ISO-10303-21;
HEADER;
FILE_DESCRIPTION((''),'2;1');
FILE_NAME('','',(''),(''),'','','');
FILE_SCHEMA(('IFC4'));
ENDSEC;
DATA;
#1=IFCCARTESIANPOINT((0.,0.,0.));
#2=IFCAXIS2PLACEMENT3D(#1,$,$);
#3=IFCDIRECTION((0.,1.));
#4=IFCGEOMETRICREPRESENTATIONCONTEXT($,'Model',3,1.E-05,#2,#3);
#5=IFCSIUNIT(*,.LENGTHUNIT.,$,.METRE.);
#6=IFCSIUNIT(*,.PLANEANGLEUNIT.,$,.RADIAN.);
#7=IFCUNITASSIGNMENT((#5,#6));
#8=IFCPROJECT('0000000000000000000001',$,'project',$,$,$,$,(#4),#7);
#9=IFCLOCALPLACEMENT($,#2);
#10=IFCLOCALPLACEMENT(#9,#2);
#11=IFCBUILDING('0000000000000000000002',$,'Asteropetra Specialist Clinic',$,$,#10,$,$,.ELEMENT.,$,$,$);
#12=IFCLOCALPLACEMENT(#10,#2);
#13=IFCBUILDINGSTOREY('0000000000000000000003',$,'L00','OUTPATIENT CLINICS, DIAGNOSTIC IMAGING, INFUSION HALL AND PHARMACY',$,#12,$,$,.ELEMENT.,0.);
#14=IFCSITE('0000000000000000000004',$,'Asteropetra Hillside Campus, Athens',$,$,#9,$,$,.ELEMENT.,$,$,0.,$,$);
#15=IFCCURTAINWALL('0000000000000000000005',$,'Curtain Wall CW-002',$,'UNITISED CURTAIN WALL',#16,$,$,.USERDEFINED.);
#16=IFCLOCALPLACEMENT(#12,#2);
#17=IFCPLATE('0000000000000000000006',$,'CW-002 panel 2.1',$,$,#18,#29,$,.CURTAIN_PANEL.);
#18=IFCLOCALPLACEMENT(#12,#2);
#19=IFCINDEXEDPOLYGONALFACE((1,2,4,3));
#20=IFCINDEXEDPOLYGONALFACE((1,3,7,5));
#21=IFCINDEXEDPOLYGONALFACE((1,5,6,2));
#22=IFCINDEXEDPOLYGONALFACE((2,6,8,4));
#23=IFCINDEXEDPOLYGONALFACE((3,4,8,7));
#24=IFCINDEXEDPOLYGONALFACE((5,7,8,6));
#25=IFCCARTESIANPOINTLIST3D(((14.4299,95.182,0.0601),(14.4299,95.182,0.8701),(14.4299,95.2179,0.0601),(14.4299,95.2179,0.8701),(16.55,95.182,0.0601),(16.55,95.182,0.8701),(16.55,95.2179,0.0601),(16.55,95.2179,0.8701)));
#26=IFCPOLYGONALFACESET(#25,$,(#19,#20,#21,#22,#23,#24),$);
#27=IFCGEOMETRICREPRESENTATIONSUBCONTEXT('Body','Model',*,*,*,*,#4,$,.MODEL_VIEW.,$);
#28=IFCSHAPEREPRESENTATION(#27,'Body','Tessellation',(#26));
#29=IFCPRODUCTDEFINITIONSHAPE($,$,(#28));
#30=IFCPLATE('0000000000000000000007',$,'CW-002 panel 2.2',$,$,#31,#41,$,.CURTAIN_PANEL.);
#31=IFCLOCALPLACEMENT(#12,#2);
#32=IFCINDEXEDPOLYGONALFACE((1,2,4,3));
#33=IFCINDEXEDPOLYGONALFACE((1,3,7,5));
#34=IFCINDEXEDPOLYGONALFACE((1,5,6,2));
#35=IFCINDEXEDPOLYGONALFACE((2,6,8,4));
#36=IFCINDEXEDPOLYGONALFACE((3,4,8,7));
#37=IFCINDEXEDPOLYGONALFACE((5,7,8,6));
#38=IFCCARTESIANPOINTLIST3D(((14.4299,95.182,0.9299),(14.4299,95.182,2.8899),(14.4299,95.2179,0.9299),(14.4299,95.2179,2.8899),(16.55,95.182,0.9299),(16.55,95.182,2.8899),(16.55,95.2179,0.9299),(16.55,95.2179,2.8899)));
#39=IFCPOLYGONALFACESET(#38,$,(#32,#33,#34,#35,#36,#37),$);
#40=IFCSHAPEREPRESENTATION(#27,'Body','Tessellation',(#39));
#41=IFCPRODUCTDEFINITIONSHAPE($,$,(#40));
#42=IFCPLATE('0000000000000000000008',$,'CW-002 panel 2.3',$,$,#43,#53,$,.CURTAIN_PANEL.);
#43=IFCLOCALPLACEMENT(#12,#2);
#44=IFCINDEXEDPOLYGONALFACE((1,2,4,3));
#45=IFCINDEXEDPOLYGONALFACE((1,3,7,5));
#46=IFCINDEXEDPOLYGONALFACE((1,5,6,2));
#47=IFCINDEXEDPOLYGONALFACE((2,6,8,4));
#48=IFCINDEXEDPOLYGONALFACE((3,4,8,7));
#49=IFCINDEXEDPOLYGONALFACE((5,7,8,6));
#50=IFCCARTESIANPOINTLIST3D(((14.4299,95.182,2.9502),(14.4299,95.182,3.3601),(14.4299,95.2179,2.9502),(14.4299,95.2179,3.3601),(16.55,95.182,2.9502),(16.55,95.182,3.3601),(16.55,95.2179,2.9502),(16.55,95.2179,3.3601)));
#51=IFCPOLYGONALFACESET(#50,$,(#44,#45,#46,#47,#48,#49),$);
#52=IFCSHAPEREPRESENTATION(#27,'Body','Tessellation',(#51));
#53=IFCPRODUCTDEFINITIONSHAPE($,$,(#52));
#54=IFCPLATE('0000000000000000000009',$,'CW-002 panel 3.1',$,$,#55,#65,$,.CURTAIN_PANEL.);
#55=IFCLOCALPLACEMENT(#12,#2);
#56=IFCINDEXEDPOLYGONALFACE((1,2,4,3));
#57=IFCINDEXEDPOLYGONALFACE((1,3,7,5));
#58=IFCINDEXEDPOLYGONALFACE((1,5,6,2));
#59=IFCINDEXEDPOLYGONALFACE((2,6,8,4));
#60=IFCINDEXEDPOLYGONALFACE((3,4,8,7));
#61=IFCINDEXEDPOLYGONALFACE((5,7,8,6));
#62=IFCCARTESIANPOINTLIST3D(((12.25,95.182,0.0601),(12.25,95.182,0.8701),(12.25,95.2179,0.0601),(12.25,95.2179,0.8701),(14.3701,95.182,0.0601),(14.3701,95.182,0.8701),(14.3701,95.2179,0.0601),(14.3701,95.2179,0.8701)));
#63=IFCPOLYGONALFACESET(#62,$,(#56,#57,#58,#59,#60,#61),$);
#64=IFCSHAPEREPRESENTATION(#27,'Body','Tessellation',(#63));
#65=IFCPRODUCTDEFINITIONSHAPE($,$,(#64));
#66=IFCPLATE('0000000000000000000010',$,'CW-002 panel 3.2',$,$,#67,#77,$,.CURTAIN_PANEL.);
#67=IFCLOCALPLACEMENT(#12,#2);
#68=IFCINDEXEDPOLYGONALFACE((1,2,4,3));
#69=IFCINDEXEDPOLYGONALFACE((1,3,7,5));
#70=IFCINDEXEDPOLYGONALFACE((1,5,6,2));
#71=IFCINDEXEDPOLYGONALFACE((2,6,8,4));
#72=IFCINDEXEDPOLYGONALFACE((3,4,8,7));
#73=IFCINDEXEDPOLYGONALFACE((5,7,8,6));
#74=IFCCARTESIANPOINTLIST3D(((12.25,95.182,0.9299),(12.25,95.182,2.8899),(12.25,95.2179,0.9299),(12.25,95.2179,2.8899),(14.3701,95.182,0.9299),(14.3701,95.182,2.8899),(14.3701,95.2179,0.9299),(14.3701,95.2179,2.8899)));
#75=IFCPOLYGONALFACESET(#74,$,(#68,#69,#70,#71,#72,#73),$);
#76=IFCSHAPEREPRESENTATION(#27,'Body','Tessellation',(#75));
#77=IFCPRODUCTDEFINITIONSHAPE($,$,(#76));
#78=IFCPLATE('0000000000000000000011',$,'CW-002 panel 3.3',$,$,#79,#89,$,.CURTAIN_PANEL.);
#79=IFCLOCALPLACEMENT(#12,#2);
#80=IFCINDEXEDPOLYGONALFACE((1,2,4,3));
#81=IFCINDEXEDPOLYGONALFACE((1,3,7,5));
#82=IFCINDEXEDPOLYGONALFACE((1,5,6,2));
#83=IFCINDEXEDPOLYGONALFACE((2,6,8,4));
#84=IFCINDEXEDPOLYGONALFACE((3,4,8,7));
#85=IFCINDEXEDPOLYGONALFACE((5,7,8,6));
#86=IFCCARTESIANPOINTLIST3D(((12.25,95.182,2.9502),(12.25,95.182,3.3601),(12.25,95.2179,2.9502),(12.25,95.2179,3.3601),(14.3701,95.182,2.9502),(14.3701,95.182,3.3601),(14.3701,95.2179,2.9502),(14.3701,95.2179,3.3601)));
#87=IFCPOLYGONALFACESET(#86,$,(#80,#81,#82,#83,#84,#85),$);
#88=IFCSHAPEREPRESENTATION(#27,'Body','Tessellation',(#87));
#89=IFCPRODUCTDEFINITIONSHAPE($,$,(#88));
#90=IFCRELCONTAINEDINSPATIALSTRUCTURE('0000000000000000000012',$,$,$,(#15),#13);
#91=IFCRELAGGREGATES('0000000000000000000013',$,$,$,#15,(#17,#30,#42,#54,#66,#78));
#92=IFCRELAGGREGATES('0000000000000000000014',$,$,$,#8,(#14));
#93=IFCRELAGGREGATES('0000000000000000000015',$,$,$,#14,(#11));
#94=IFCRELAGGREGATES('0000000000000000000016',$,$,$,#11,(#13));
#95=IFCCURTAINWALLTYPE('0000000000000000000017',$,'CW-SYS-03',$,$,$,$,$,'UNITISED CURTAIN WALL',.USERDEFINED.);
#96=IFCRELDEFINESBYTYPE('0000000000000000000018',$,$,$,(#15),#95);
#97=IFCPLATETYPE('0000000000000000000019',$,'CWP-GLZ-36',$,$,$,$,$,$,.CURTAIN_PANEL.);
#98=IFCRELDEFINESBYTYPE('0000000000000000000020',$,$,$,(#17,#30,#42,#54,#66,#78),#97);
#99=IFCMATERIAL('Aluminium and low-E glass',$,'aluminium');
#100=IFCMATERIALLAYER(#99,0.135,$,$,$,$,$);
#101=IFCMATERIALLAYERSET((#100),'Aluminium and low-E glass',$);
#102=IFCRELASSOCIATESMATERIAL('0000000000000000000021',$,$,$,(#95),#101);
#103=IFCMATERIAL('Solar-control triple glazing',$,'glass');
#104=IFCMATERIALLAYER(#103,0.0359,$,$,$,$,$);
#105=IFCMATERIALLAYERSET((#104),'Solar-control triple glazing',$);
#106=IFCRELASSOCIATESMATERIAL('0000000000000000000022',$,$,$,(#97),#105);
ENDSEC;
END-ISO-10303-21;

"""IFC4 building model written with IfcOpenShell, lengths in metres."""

from ifc_helpers import new_model, si_unit, direction, frame, origin, origin_2d, place, context, subcontext, project, spatial, rectangle, extrude, material, layer, layer_set, type_object, element, aggregate, save


model = new_model("IFC4")

# Units and contexts
model_context = context("Model", 3, precision=1e-05, world=origin(), true_north=direction((0.0, 1.0)))
body_context = subcontext(model_context, "Body", "Model", "MODEL_VIEW")
ifc_project = project(units=[si_unit("LENGTHUNIT", "METRE"), si_unit("PLANEANGLEUNIT", "RADIAN")], contexts=[model_context])

# Site, building, storey
site_placement = place(None, origin())
site = spatial("IfcSite", under=ifc_project, at=site_placement, Name="Asteropetra Hillside Campus, Athens", CompositionType="ELEMENT", RefElevation=0.0)
building_placement = place(site_placement, origin())
building = spatial("IfcBuilding", under=site, at=building_placement, Name="Asteropetra Specialist Clinic", CompositionType="ELEMENT")
storey_placement = place(building_placement, origin())
storey = spatial("IfcBuildingStorey", under=building, at=storey_placement, Name="L00", Description="OUTPATIENT CLINICS, DIAGNOSTIC IMAGING, INFUSION HALL AND PHARMACY", CompositionType="ELEMENT", Elevation=0.0)

# Curtain wall
ifc_material_1 = material(Name="Aluminium and low-E glass", Category="aluminium")
ifc_layer_1 = layer(ifc_material_1, 0.135)
ifc_layer_set_1 = layer_set([ifc_layer_1], Name="Aluminium and low-E glass")
curtain_wall_type_1 = type_object("IfcCurtainWallType", Name="CW-SYS-03", ElementType="UNITISED CURTAIN WALL", PredefinedType="USERDEFINED", material=ifc_layer_set_1)
curtain_wall_1_placement = place(storey_placement, origin())
curtain_wall_1 = element("IfcCurtainWall", 1, at=curtain_wall_1_placement, inside=storey, type_object=curtain_wall_type_1, Name="Curtain Wall CW-002", ObjectType="UNITISED CURTAIN WALL", PredefinedType="USERDEFINED")

# Plates
ifc_material_2 = material(Name="Solar-control triple glazing", Category="glass")
ifc_layer_2 = layer(ifc_material_2, 0.0359)
ifc_layer_set_2 = layer_set([ifc_layer_2], Name="Solar-control triple glazing")
plate_type_1 = type_object("IfcPlateType", Name="CWP-GLZ-36", PredefinedType="CURTAIN_PANEL", material=ifc_layer_set_2)
plate_1_placement = place(storey_placement, frame((15.49, 95.2, 0.0601), z_axis=(0.0, 0.0, 1.0), x_axis=(-1.0, 0.0, 0.0)))
plate_1 = element("IfcPlate", 2, at=plate_1_placement, type_object=plate_type_1, Name="CW-002 panel 2.1", PredefinedType="CURTAIN_PANEL", context=body_context, shape_type="SweptSolid", body=[
    extrude(rectangle(XDim=2.1201, YDim=0.0359, at=origin_2d()), origin(), (0.0, 0.0, 1.0), 0.8101),
])
plate_2_placement = place(storey_placement, frame((15.49, 95.2, 0.9299), z_axis=(0.0, 0.0, 1.0), x_axis=(-1.0, 0.0, 0.0)))
plate_2 = element("IfcPlate", 3, at=plate_2_placement, type_object=plate_type_1, Name="CW-002 panel 2.2", PredefinedType="CURTAIN_PANEL", context=body_context, shape_type="SweptSolid", body=[
    extrude(rectangle(XDim=2.1201, YDim=0.0359, at=origin_2d()), origin(), (0.0, 0.0, 1.0), 1.96),
])
plate_3_placement = place(storey_placement, frame((15.49, 95.2, 2.9502), z_axis=(0.0, 0.0, 1.0), x_axis=(-1.0, 0.0, 0.0)))
plate_3 = element("IfcPlate", 4, at=plate_3_placement, type_object=plate_type_1, Name="CW-002 panel 2.3", PredefinedType="CURTAIN_PANEL", context=body_context, shape_type="SweptSolid", body=[
    extrude(rectangle(XDim=2.1201, YDim=0.0359, at=origin_2d()), origin(), (0.0, 0.0, 1.0), 0.4099),
])
plate_4_placement = place(storey_placement, frame((13.3101, 95.2, 0.0601), z_axis=(0.0, 0.0, 1.0), x_axis=(-1.0, 0.0, 0.0)))
plate_4 = element("IfcPlate", 5, at=plate_4_placement, type_object=plate_type_1, Name="CW-002 panel 3.1", PredefinedType="CURTAIN_PANEL", context=body_context, shape_type="SweptSolid", body=[
    extrude(rectangle(XDim=2.1201, YDim=0.0359, at=origin_2d()), origin(), (0.0, 0.0, 1.0), 0.8101),
])
plate_5_placement = place(storey_placement, frame((13.3101, 95.2, 0.9299), z_axis=(0.0, 0.0, 1.0), x_axis=(-1.0, 0.0, 0.0)))
plate_5 = element("IfcPlate", 6, at=plate_5_placement, type_object=plate_type_1, Name="CW-002 panel 3.2", PredefinedType="CURTAIN_PANEL", context=body_context, shape_type="SweptSolid", body=[
    extrude(rectangle(XDim=2.1201, YDim=0.0359, at=origin_2d()), origin(), (0.0, 0.0, 1.0), 1.96),
])
plate_6_placement = place(storey_placement, frame((13.3101, 95.2, 2.9502), z_axis=(0.0, 0.0, 1.0), x_axis=(-1.0, 0.0, 0.0)))
plate_6 = element("IfcPlate", 7, at=plate_6_placement, type_object=plate_type_1, Name="CW-002 panel 3.3", PredefinedType="CURTAIN_PANEL", context=body_context, shape_type="SweptSolid", body=[
    extrude(rectangle(XDim=2.1201, YDim=0.0359, at=origin_2d()), origin(), (0.0, 0.0, 1.0), 0.4099),
])
aggregate(curtain_wall_1, [plate_1, plate_2, plate_3, plate_4, plate_5, plate_6])

save(model, "model.ifc")
